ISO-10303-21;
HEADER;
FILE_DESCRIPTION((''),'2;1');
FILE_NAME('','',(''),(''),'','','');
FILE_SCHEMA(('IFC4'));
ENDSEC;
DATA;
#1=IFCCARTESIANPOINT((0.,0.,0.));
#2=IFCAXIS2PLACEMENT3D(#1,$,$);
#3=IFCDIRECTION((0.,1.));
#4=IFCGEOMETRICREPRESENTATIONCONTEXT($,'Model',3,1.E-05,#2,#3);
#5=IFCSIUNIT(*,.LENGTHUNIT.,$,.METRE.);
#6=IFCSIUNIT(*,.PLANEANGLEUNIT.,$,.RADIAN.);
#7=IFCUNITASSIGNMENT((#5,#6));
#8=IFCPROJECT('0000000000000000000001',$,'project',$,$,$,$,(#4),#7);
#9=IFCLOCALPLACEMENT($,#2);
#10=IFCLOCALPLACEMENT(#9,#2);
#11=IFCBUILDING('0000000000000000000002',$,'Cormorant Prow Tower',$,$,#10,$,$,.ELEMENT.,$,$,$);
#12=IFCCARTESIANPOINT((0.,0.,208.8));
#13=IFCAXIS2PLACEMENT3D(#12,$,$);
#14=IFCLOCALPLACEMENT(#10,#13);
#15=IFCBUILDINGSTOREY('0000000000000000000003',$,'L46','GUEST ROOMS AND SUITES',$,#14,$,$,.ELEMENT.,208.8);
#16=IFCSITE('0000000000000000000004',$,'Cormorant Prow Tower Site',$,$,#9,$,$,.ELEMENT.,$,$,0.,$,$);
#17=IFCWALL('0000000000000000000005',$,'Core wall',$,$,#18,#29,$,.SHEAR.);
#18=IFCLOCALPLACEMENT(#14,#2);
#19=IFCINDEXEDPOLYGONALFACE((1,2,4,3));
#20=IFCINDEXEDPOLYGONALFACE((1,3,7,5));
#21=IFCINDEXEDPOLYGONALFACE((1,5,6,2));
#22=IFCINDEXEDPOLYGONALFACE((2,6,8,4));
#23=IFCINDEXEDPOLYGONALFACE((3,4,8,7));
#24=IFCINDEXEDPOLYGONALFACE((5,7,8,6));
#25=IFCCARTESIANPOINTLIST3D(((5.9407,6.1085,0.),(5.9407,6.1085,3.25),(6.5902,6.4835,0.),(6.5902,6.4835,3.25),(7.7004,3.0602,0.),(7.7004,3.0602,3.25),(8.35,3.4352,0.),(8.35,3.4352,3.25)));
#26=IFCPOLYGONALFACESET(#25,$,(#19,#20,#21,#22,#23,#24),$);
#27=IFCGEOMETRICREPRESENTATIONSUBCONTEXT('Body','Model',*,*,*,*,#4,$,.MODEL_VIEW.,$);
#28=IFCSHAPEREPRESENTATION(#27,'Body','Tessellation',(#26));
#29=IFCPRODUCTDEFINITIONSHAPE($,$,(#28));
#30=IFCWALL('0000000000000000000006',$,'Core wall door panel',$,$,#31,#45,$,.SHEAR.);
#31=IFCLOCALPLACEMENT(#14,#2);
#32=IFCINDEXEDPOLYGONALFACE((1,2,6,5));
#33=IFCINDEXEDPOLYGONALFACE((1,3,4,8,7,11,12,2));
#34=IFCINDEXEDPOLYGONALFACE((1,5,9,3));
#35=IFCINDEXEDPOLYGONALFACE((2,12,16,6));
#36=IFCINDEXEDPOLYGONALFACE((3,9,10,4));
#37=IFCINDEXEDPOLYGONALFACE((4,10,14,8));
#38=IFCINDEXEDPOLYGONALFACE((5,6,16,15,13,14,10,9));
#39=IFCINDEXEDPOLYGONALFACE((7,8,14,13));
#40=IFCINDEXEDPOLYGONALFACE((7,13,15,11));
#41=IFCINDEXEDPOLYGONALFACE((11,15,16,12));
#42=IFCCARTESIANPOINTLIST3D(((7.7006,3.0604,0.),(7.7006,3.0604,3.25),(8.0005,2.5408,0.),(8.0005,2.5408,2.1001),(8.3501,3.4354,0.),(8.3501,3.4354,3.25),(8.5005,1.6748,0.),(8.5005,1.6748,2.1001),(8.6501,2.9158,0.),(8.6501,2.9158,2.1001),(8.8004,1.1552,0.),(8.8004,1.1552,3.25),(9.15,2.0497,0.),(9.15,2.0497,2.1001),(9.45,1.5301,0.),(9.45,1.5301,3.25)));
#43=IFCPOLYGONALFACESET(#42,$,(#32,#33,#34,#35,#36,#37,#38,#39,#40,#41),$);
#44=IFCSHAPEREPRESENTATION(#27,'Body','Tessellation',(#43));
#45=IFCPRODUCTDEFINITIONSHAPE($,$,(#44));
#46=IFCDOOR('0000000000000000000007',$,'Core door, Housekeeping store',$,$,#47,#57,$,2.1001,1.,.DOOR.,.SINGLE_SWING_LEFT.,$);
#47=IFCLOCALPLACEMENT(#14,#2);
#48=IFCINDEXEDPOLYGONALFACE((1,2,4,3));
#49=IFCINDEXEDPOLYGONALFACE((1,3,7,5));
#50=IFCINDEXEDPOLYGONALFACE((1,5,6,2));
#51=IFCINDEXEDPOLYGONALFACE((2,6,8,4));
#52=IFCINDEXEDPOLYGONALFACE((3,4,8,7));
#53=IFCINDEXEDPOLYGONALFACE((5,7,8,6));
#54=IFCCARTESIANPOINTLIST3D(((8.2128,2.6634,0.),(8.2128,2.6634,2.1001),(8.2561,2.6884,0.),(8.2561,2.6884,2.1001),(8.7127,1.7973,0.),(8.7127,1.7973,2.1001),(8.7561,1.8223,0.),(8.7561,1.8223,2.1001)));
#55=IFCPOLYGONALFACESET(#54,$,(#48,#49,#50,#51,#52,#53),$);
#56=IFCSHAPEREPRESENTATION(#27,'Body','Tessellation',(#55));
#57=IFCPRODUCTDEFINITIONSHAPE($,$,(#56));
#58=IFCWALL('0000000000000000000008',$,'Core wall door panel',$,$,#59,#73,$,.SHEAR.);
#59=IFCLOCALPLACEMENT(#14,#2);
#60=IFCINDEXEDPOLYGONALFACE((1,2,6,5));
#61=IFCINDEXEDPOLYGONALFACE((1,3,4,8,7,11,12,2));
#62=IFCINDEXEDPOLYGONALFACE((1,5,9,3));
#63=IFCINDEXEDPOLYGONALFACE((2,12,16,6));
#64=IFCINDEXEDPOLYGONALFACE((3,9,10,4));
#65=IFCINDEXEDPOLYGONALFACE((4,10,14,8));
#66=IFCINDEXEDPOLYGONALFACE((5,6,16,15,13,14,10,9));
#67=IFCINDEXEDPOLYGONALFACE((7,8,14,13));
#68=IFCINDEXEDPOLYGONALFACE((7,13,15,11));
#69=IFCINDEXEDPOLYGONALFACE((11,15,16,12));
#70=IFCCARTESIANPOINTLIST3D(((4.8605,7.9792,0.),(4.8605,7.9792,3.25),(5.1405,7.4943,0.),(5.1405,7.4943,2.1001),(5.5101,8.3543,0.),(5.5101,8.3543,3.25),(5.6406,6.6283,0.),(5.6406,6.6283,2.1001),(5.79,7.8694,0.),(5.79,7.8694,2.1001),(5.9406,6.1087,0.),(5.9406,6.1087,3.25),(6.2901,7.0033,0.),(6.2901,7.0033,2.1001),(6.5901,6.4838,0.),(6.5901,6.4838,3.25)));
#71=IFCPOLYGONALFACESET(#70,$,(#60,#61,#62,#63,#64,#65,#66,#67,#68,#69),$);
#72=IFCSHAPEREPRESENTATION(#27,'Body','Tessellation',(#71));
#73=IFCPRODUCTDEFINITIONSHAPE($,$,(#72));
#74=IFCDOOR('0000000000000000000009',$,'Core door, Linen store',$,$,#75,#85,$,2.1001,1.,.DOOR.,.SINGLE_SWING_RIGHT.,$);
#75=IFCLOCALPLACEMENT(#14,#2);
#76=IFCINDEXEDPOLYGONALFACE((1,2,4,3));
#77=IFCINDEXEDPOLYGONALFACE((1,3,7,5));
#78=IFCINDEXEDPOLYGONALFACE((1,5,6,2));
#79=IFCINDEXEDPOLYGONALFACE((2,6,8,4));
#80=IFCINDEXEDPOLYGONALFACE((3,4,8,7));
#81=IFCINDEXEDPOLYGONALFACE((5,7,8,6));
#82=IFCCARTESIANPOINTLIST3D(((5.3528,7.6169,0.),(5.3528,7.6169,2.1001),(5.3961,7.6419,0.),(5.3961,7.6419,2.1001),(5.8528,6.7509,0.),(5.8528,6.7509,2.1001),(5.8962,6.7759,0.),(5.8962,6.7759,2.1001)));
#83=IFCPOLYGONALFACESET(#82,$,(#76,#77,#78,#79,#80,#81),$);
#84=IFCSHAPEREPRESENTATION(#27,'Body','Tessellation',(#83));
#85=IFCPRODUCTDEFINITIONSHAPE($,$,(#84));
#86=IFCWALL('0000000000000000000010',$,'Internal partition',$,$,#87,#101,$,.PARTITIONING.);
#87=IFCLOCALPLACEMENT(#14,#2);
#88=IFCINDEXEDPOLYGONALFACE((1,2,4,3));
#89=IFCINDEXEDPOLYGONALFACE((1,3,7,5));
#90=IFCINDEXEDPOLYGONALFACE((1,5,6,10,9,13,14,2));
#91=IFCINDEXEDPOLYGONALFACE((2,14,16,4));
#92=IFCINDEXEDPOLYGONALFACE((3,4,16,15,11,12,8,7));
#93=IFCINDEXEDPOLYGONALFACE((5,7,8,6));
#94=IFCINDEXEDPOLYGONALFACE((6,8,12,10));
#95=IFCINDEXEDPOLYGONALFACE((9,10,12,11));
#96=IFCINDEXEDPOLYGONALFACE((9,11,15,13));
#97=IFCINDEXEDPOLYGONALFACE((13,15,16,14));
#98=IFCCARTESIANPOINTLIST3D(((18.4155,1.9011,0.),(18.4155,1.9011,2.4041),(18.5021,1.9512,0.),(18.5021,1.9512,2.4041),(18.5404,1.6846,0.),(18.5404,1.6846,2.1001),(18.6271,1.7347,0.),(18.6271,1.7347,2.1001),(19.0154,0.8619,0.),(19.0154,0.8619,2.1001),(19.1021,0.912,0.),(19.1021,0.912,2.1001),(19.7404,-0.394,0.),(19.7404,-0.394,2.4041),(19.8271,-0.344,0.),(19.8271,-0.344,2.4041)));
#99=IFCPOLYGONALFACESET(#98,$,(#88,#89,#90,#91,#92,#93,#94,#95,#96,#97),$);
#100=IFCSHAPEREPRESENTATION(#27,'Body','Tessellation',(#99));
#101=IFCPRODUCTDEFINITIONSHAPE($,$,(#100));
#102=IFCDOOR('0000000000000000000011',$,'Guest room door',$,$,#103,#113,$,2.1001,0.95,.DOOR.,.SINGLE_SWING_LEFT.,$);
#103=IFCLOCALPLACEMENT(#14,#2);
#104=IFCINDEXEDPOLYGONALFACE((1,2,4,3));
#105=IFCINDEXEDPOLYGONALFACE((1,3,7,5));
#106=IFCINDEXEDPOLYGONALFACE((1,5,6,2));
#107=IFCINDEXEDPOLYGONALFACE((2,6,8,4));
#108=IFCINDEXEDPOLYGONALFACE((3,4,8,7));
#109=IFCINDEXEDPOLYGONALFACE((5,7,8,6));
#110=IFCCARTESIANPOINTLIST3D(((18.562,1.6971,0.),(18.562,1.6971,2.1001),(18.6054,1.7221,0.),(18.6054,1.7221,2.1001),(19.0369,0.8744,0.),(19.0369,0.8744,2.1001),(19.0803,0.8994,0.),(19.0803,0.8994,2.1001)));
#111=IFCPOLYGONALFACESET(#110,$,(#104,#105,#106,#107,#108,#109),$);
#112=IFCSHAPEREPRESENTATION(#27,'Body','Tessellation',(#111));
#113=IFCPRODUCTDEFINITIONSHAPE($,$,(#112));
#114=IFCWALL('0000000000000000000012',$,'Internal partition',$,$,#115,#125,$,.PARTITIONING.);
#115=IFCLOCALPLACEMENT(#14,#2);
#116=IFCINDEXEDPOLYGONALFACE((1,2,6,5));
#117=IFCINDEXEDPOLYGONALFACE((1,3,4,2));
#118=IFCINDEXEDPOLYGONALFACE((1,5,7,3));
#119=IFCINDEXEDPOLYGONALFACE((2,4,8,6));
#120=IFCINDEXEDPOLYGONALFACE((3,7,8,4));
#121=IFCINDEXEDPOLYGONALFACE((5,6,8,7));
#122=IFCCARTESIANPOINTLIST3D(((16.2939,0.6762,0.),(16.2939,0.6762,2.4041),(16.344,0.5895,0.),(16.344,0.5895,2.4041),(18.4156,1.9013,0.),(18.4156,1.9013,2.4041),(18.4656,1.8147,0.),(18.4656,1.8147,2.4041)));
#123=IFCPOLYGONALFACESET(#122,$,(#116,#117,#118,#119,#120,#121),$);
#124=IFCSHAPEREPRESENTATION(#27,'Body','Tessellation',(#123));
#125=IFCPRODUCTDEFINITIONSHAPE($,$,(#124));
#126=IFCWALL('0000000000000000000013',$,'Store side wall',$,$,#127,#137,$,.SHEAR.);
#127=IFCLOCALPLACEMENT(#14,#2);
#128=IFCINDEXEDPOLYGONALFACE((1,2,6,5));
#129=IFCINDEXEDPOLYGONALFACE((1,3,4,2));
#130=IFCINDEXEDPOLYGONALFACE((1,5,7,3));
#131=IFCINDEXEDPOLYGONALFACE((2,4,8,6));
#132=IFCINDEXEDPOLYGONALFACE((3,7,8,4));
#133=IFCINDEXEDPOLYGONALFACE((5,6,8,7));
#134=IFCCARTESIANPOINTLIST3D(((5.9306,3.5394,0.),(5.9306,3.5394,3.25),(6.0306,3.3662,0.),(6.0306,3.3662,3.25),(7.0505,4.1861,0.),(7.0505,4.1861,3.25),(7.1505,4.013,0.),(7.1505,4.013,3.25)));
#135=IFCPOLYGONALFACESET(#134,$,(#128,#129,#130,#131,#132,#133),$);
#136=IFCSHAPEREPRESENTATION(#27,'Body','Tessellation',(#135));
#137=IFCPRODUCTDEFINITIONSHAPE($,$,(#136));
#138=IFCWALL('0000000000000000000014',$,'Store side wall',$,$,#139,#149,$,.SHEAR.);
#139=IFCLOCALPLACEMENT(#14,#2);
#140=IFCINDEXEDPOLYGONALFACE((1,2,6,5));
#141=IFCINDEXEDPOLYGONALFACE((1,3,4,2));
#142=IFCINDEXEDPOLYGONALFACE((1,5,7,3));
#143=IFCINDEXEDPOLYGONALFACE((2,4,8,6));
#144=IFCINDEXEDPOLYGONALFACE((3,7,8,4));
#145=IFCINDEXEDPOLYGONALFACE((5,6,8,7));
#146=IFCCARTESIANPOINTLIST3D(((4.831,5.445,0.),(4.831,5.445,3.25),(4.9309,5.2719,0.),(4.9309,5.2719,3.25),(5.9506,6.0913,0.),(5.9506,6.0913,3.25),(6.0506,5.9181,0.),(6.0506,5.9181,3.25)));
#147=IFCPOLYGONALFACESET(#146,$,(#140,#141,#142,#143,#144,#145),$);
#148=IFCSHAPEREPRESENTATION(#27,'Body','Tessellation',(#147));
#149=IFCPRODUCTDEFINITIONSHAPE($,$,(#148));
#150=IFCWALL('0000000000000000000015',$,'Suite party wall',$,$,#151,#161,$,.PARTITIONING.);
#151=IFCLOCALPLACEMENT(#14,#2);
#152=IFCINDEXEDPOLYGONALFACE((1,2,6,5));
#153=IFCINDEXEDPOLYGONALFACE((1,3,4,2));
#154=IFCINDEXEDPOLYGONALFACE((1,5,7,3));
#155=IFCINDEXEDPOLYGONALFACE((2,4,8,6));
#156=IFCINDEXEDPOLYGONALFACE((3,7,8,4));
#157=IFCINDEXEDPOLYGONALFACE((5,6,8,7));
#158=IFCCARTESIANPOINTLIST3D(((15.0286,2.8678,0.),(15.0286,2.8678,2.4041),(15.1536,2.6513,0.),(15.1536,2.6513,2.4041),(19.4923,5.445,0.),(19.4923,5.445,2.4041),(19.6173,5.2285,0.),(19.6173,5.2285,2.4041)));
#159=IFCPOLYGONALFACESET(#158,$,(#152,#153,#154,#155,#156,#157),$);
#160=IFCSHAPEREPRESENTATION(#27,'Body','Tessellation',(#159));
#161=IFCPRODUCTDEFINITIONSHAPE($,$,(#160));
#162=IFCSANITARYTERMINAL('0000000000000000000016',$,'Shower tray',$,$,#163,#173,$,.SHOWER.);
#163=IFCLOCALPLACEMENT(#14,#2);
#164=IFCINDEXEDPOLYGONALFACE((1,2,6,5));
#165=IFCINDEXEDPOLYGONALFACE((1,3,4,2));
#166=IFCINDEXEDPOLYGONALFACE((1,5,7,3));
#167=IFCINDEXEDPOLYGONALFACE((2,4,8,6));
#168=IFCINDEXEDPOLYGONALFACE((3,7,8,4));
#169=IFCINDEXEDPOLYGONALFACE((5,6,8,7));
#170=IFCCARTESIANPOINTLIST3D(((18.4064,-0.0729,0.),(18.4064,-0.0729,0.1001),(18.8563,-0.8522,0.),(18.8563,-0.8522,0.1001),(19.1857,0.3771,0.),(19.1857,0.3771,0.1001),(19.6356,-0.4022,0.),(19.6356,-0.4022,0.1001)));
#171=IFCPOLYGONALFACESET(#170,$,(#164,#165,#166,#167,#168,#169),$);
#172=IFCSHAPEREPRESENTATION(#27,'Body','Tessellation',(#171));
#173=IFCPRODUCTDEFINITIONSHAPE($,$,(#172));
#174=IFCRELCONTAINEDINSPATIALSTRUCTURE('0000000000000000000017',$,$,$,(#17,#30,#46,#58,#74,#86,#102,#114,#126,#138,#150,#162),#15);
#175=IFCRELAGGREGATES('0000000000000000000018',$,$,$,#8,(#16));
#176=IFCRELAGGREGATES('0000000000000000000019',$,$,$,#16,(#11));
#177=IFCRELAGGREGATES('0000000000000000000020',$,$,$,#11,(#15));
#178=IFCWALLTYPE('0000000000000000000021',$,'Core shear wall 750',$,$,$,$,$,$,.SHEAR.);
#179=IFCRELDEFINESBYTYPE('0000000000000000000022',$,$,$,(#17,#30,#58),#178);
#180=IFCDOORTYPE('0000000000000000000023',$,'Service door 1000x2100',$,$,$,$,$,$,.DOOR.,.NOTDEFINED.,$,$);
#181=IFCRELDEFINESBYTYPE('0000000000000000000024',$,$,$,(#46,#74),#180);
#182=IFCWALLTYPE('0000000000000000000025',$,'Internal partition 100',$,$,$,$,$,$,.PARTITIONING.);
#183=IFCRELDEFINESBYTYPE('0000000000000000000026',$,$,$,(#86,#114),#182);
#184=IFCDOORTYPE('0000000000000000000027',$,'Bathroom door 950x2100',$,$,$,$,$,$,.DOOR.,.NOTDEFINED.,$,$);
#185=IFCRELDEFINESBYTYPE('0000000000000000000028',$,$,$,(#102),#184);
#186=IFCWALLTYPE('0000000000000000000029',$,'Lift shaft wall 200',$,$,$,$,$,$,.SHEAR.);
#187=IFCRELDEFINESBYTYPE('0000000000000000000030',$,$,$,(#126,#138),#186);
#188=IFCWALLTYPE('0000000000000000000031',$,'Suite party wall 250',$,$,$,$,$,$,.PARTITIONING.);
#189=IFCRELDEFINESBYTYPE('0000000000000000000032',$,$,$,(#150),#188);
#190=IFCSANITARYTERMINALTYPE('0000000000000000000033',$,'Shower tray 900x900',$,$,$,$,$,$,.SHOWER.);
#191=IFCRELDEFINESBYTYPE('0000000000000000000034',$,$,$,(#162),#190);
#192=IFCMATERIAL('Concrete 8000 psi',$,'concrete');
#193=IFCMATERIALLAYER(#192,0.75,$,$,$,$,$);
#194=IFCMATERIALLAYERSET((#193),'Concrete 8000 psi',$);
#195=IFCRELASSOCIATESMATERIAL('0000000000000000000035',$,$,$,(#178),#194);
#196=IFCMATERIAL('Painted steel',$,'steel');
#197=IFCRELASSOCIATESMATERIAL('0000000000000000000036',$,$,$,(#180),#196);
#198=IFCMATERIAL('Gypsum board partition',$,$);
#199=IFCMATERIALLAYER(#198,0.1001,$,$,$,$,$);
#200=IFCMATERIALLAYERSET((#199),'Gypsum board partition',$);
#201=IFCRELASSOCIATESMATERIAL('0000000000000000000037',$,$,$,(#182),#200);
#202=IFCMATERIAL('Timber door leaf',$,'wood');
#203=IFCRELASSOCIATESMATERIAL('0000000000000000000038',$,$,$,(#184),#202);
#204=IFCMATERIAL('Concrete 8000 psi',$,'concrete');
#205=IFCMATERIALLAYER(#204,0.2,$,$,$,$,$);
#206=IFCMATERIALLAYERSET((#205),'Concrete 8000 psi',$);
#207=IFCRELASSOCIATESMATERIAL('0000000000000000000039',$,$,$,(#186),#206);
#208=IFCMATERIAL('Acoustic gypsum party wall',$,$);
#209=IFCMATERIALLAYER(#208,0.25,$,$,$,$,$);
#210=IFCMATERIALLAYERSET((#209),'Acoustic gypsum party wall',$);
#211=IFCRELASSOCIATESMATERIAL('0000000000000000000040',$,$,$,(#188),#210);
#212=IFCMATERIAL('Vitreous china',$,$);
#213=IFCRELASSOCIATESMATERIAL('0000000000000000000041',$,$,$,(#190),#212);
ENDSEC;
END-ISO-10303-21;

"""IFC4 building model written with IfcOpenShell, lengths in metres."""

from ifc_helpers import new_model, si_unit, direction, frame, frame_2d, origin, origin_2d, place, context, subcontext, project, spatial, rectangle, extrude, material, layer, layer_set, type_object, element, fill, save


model = new_model("IFC4")

# Units and contexts
model_context = context("Model", 3, precision=1e-05, world=origin(), true_north=direction((0.0, 1.0)))
body_context = subcontext(model_context, "Body", "Model", "MODEL_VIEW")
ifc_project = project(units=[si_unit("LENGTHUNIT", "METRE"), si_unit("PLANEANGLEUNIT", "RADIAN")], contexts=[model_context])

# Site, building, storey
site_placement = place(None, origin())
site = spatial("IfcSite", under=ifc_project, at=site_placement, Name="Cormorant Prow Tower Site", CompositionType="ELEMENT", RefElevation=0.0)
building_placement = place(site_placement, origin())
building = spatial("IfcBuilding", under=site, at=building_placement, Name="Cormorant Prow Tower", CompositionType="ELEMENT")
storey_placement = place(building_placement, frame((0.0, 0.0, 208.8)))
storey = spatial("IfcBuildingStorey", under=building, at=storey_placement, Name="L46", Description="GUEST ROOMS AND SUITES", CompositionType="ELEMENT", Elevation=208.8)

# Wall
ifc_material_1 = material(Name="Concrete 8000 psi", Category="concrete")
ifc_layer_1 = layer(ifc_material_1, 0.75)
ifc_layer_set_1 = layer_set([ifc_layer_1], Name="Concrete 8000 psi")
wall_type_1 = type_object("IfcWallType", Name="Core shear wall 750", PredefinedType="SHEAR", material=ifc_layer_set_1)
wall_1_placement = place(storey_placement, frame((8.0251, 3.2478, 0.0), z_axis=(0.0, 0.0, 1.0), x_axis=(-0.499959, 0.866049, 0.0)))
element("IfcWall", 1, at=wall_1_placement, inside=storey, type_object=wall_type_1, Name="Core wall", PredefinedType="SHEAR", context=body_context, shape_type="SweptSolid", body=[
    extrude(rectangle(XDim=3.5198, YDim=0.75, at=frame_2d((1.7598, 0.0))), origin(), (0.0, 0.0, 1.0), 3.25),
])

# Walls, openings, doors
wall_2_placement = place(storey_placement, frame((9.1252, 1.3425, 0.0), z_axis=(0.0, 0.0, 1.0), x_axis=(-0.499947, 0.866056, 0.0)))
wall_2 = element("IfcWall", 2, at=wall_2_placement, inside=storey, type_object=wall_type_1, Name="Core wall door panel", PredefinedType="SHEAR", context=body_context, shape_type="SweptSolid", body=[
    extrude(rectangle(XDim=2.2, YDim=0.75, at=frame_2d((1.1001, 0.0))), origin(), (0.0, 0.0, 1.0), 3.25),
])
opening_1_placement = place(wall_2_placement, frame((0.6001, 0.0, 0.0)))
opening_1 = element("IfcOpeningElement", 3, at=opening_1_placement, cuts=wall_2, PredefinedType="OPENING", context=body_context, shape_type="SweptSolid", body=[
    extrude(rectangle(XDim=1.0, YDim=2.1001, at=frame_2d((0.5, 1.05))), frame((0.0, 0.385, 0.0), z_axis=(0.0, -1.0, 0.0), x_axis=(1.0, 0.0, 0.0)), (0.0, 0.0, 1.0), 0.77),
])
ifc_material_2 = material(Name="Painted steel", Category="steel")
door_type_1 = type_object("IfcDoorType", Name="Service door 1000x2100", OperationType="NOTDEFINED", PredefinedType="DOOR", material=ifc_material_2)
door_1_placement = place(opening_1_placement, origin())
door_1 = element("IfcDoor", 4, at=door_1_placement, inside=storey, type_object=door_type_1, Name="Core door, Housekeeping store", OperationType="SINGLE_SWING_LEFT", OverallHeight=2.1001, OverallWidth=1.0, PredefinedType="DOOR", context=body_context, shape_type="SweptSolid", body=[
    extrude(rectangle(XDim=1.0, YDim=2.1001, at=frame_2d((0.5, 1.05))), frame((0.0, 0.1299, 0.0), z_axis=(0.0, -1.0, 0.0), x_axis=(1.0, 0.0, 0.0)), (0.0, 0.0, 1.0), 0.05),
])
fill(opening_1, door_1)
wall_3_placement = place(storey_placement, frame((6.2654, 6.2961, 0.0), z_axis=(0.0, 0.0, 1.0), x_axis=(-0.500029, 0.866009, 0.0)))
wall_3 = element("IfcWall", 5, at=wall_3_placement, inside=storey, type_object=wall_type_1, Name="Core wall door panel", PredefinedType="SHEAR", context=body_context, shape_type="SweptSolid", body=[
    extrude(rectangle(XDim=2.1599, YDim=0.75, at=frame_2d((1.0801, 0.0))), origin(), (0.0, 0.0, 1.0), 3.25),
])
opening_2_placement = place(wall_3_placement, frame((0.6001, 0.0, 0.0)))
opening_2 = element("IfcOpeningElement", 6, at=opening_2_placement, cuts=wall_3, PredefinedType="OPENING", context=body_context, shape_type="SweptSolid", body=[
    extrude(rectangle(XDim=1.0, YDim=2.1001, at=frame_2d((0.5, 1.05))), frame((0.0, 0.385, 0.0), z_axis=(0.0, -1.0, 0.0), x_axis=(1.0, 0.0, 0.0)), (0.0, 0.0, 1.0), 0.77),
])
door_2_placement = place(opening_2_placement, origin())
door_2 = element("IfcDoor", 7, at=door_2_placement, inside=storey, type_object=door_type_1, Name="Core door, Linen store", OperationType="SINGLE_SWING_RIGHT", OverallHeight=2.1001, OverallWidth=1.0, PredefinedType="DOOR", context=body_context, shape_type="SweptSolid", body=[
    extrude(rectangle(XDim=1.0, YDim=2.1001, at=frame_2d((0.5, 1.05))), frame((0.0, 0.1299, 0.0), z_axis=(0.0, -1.0, 0.0), x_axis=(1.0, 0.0, 0.0)), (0.0, 0.0, 1.0), 0.05),
])
fill(opening_2, door_2)
ifc_material_3 = material(Name="Gypsum board partition")
ifc_layer_2 = layer(ifc_material_3, 0.1001)
ifc_layer_set_2 = layer_set([ifc_layer_2], Name="Gypsum board partition")
wall_type_2 = type_object("IfcWallType", Name="Internal partition 100", PredefinedType="PARTITIONING", material=ifc_layer_set_2)
wall_4_placement = place(storey_placement, frame((18.4587, 1.9263, 0.0), z_axis=(0.0, 0.0, 1.0), x_axis=(0.499954, -0.866052, 0.0)))
wall_4 = element("IfcWall", 8, at=wall_4_placement, inside=storey, type_object=wall_type_2, Name="Internal partition", PredefinedType="PARTITIONING", context=body_context, shape_type="SweptSolid", body=[
    extrude(rectangle(XDim=2.6501, YDim=0.1001, at=frame_2d((1.3252, 0.0))), origin(), (0.0, 0.0, 1.0), 2.4041),
])
opening_3_placement = place(wall_4_placement, frame((0.25, 0.0, 0.0)))
opening_3 = element("IfcOpeningElement", 9, at=opening_3_placement, cuts=wall_4, PredefinedType="OPENING", context=body_context, shape_type="SweptSolid", body=[
    extrude(rectangle(XDim=0.95, YDim=2.1001, at=frame_2d((0.4751, 1.05))), frame((0.0, 0.0601, 0.0), z_axis=(0.0, -1.0, 0.0), x_axis=(1.0, 0.0, 0.0)), (0.0, 0.0, 1.0), 0.1201),
])
ifc_material_4 = material(Name="Timber door leaf", Category="wood")
door_type_2 = type_object("IfcDoorType", Name="Bathroom door 950x2100", OperationType="NOTDEFINED", PredefinedType="DOOR", material=ifc_material_4)
door_3_placement = place(opening_3_placement, origin())
door_3 = element("IfcDoor", 10, at=door_3_placement, inside=storey, type_object=door_type_2, Name="Guest room door", OperationType="SINGLE_SWING_LEFT", OverallHeight=2.1001, OverallWidth=0.95, PredefinedType="DOOR", context=body_context, shape_type="SweptSolid", body=[
    extrude(rectangle(XDim=0.95, YDim=2.1001, at=frame_2d((0.4751, 1.05))), frame((0.0, 0.0249, 0.0), z_axis=(0.0, -1.0, 0.0), x_axis=(1.0, 0.0, 0.0)), (0.0, 0.0, 1.0), 0.05),
])
fill(opening_3, door_3)

# Walls
wall_5_placement = place(storey_placement, frame((16.3188, 0.6328, 0.0), z_axis=(0.0, 0.0, 1.0), x_axis=(0.86599, 0.500062, 0.0)))
element("IfcWall", 11, at=wall_5_placement, inside=storey, type_object=wall_type_2, Name="Internal partition", PredefinedType="PARTITIONING", context=body_context, shape_type="SweptSolid", body=[
    extrude(rectangle(XDim=2.45, YDim=0.1001, at=frame_2d((1.2251, 0.0))), origin(), (0.0, 0.0, 1.0), 2.4041),
])
ifc_material_5 = material(Name="Concrete 8000 psi", Category="concrete")
ifc_layer_3 = layer(ifc_material_5, 0.2)
ifc_layer_set_3 = layer_set([ifc_layer_3], Name="Concrete 8000 psi")
wall_type_3 = type_object("IfcWallType", Name="Lift shaft wall 200", PredefinedType="SHEAR", material=ifc_layer_set_3)
wall_6_placement = place(storey_placement, frame((5.9807, 3.4529, 0.0), z_axis=(0.0, 0.0, 1.0), x_axis=(0.865969, 0.500098, 0.0)))
element("IfcWall", 12, at=wall_6_placement, inside=storey, type_object=wall_type_3, Name="Store side wall", PredefinedType="SHEAR", context=body_context, shape_type="SweptSolid", body=[
    extrude(rectangle(XDim=1.2932, YDim=0.2, at=frame_2d((0.6465, 0.0))), origin(), (0.0, 0.0, 1.0), 3.25),
])
wall_7_placement = place(storey_placement, frame((4.8809, 5.3584, 0.0), z_axis=(0.0, 0.0, 1.0), x_axis=(0.866085, 0.499897, 0.0)))
element("IfcWall", 13, at=wall_7_placement, inside=storey, type_object=wall_type_3, Name="Store side wall", PredefinedType="SHEAR", context=body_context, shape_type="SweptSolid", body=[
    extrude(rectangle(XDim=1.2927, YDim=0.2, at=frame_2d((0.6465, 0.0))), origin(), (0.0, 0.0, 1.0), 3.25),
])
ifc_material_6 = material(Name="Acoustic gypsum party wall")
ifc_layer_4 = layer(ifc_material_6, 0.25)
ifc_layer_set_4 = layer_set([ifc_layer_4], Name="Acoustic gypsum party wall")
wall_type_4 = type_object("IfcWallType", Name="Suite party wall 250", PredefinedType="PARTITIONING", material=ifc_layer_set_4)
wall_8_placement = place(storey_placement, frame((15.0911, 2.7595, 0.0), z_axis=(0.0, 0.0, 1.0), x_axis=(0.866019, 0.500011, 0.0)))
element("IfcWall", 14, at=wall_8_placement, inside=storey, type_object=wall_type_4, Name="Suite party wall", PredefinedType="PARTITIONING", context=body_context, shape_type="SweptSolid", body=[
    extrude(rectangle(XDim=5.1543, YDim=0.25, at=frame_2d((2.5771, 0.0))), origin(), (0.0, 0.0, 1.0), 2.4041),
])

# Sanitary terminal
ifc_material_7 = material(Name="Vitreous china")
sanitary_terminal_type_1 = type_object("IfcSanitaryTerminalType", Name="Shower tray 900x900", PredefinedType="SHOWER", material=ifc_material_7)
sanitary_terminal_1_placement = place(storey_placement, frame((19.021, -0.2375, 0.0), z_axis=(0.0, 0.0, 1.0), x_axis=(-0.866025, -0.5, 0.0)))
element("IfcSanitaryTerminal", 15, at=sanitary_terminal_1_placement, inside=storey, type_object=sanitary_terminal_type_1, Name="Shower tray", PredefinedType="SHOWER", context=body_context, shape_type="SweptSolid", body=[
    extrude(rectangle(XDim=0.8999, YDim=0.8999, at=origin_2d()), origin(), (0.0, 0.0, 1.0), 0.1001),
])

save(model, "model.ifc")
